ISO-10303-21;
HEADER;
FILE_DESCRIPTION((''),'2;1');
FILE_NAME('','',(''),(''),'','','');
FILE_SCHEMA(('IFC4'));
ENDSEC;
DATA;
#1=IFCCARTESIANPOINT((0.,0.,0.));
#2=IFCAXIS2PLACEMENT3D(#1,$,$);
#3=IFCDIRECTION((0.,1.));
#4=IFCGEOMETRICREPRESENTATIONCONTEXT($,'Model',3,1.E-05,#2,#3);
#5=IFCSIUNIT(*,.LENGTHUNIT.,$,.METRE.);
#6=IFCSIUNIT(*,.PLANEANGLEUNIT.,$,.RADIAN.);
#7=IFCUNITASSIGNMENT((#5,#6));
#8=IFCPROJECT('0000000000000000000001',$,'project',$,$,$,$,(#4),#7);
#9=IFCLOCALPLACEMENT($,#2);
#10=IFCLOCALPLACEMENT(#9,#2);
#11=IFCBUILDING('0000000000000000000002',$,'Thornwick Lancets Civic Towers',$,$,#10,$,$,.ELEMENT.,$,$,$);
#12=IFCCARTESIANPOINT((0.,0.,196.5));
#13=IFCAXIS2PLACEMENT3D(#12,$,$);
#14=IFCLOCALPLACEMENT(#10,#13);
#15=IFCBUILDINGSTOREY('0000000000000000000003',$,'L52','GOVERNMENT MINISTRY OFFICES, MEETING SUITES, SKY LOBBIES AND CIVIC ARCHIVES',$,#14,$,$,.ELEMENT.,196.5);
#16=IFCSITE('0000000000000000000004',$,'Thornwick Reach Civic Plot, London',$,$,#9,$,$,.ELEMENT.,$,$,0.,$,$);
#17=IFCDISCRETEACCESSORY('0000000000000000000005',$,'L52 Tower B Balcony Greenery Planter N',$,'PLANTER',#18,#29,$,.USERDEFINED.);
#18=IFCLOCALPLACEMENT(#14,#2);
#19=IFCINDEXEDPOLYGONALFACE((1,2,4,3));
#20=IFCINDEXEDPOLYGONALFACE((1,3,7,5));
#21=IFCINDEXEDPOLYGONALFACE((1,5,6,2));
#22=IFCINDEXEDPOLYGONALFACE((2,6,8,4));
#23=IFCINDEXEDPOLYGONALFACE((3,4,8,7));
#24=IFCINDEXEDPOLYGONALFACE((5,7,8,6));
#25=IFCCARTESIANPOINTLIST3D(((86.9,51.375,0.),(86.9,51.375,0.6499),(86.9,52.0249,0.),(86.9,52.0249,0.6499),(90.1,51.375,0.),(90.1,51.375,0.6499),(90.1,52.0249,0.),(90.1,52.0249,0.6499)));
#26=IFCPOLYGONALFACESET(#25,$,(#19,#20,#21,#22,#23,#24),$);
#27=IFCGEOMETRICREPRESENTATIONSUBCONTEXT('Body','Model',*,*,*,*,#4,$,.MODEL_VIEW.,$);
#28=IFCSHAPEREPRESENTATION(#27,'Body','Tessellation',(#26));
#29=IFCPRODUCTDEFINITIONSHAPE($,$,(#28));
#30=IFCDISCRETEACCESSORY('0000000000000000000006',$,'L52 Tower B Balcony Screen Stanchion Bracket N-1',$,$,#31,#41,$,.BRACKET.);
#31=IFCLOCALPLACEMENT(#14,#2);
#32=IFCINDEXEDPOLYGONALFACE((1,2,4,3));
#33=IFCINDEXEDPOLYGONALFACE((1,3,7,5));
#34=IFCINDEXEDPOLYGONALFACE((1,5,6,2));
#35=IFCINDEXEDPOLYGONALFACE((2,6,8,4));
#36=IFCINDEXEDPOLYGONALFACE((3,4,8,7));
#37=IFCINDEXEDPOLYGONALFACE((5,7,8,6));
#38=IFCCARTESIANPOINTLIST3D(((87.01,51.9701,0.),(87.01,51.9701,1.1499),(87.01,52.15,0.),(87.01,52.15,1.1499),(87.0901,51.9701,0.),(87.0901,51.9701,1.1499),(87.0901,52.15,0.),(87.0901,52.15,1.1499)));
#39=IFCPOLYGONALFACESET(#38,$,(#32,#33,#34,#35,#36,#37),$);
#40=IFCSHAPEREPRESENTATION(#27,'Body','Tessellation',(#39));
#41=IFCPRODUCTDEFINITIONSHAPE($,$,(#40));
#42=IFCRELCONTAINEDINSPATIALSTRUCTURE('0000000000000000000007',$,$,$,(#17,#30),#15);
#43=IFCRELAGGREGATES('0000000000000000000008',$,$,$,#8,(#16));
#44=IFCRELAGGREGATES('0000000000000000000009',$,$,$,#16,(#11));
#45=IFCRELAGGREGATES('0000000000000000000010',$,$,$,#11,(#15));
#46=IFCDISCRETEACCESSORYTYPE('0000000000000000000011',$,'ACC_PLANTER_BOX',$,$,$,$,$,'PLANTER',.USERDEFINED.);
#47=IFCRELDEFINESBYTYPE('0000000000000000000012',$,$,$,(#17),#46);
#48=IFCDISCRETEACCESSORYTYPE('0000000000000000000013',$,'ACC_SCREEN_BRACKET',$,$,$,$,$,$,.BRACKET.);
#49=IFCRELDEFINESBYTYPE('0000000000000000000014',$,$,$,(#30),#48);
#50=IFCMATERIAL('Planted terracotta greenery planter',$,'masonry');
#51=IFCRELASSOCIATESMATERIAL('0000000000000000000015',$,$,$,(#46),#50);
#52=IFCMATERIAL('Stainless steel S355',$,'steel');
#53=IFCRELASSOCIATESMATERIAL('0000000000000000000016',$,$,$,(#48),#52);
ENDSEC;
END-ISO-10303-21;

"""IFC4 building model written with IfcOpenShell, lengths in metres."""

from ifc_helpers import new_model, si_unit, direction, frame, origin, origin_2d, place, context, subcontext, project, spatial, rectangle, extrude, material, type_object, element, save


model = new_model("IFC4")

# Units and contexts
model_context = context("Model", 3, precision=1e-05, world=origin(), true_north=direction((0.0, 1.0)))
body_context = subcontext(model_context, "Body", "Model", "MODEL_VIEW")
ifc_project = project(units=[si_unit("LENGTHUNIT", "METRE"), si_unit("PLANEANGLEUNIT", "RADIAN")], contexts=[model_context])

# Site, building, storey
site_placement = place(None, origin())
site = spatial("IfcSite", under=ifc_project, at=site_placement, Name="Thornwick Reach Civic Plot, London", CompositionType="ELEMENT", RefElevation=0.0)
building_placement = place(site_placement, origin())
building = spatial("IfcBuilding", under=site, at=building_placement, Name="Thornwick Lancets Civic Towers", CompositionType="ELEMENT")
storey_placement = place(building_placement, frame((0.0, 0.0, 196.5)))
storey = spatial("IfcBuildingStorey", under=building, at=storey_placement, Name="L52", Description="GOVERNMENT MINISTRY OFFICES, MEETING SUITES, SKY LOBBIES AND CIVIC ARCHIVES", CompositionType="ELEMENT", Elevation=196.5)

# Discrete accessories
ifc_material_1 = material(Name="Planted terracotta greenery planter", Category="masonry")
discrete_accessory_type_1 = type_object("IfcDiscreteAccessoryType", Name="ACC_PLANTER_BOX", ElementType="PLANTER", PredefinedType="USERDEFINED", material=ifc_material_1)
discrete_accessory_1_placement = place(storey_placement, frame((88.5, 51.7, 0.0), z_axis=(0.0, 0.0, 1.0), x_axis=(1.0, 0.0, 0.0)))
element("IfcDiscreteAccessory", 1, at=discrete_accessory_1_placement, inside=storey, type_object=discrete_accessory_type_1, Name="L52 Tower B Balcony Greenery Planter N", ObjectType="PLANTER", PredefinedType="USERDEFINED", context=body_context, shape_type="SweptSolid", body=[
    extrude(rectangle(XDim=3.2, YDim=0.6499, at=origin_2d()), origin(), (0.0, 0.0, 1.0), 0.6499),
])
ifc_material_2 = material(Name="Stainless steel S355", Category="steel")
discrete_accessory_type_2 = type_object("IfcDiscreteAccessoryType", Name="ACC_SCREEN_BRACKET", PredefinedType="BRACKET", material=ifc_material_2)
discrete_accessory_2_placement = place(storey_placement, frame((87.05, 52.0601, 0.0), z_axis=(0.0, 0.0, 1.0), x_axis=(1.0, 0.0, 0.0)))
element("IfcDiscreteAccessory", 2, at=discrete_accessory_2_placement, inside=storey, type_object=discrete_accessory_type_2, Name="L52 Tower B Balcony Screen Stanchion Bracket N-1", PredefinedType="BRACKET", context=body_context, shape_type="SweptSolid", body=[
    extrude(rectangle(XDim=0.0801, YDim=0.1799, at=origin_2d()), origin(), (0.0, 0.0, 1.0), 1.1499),
])

save(model, "model.ifc")
